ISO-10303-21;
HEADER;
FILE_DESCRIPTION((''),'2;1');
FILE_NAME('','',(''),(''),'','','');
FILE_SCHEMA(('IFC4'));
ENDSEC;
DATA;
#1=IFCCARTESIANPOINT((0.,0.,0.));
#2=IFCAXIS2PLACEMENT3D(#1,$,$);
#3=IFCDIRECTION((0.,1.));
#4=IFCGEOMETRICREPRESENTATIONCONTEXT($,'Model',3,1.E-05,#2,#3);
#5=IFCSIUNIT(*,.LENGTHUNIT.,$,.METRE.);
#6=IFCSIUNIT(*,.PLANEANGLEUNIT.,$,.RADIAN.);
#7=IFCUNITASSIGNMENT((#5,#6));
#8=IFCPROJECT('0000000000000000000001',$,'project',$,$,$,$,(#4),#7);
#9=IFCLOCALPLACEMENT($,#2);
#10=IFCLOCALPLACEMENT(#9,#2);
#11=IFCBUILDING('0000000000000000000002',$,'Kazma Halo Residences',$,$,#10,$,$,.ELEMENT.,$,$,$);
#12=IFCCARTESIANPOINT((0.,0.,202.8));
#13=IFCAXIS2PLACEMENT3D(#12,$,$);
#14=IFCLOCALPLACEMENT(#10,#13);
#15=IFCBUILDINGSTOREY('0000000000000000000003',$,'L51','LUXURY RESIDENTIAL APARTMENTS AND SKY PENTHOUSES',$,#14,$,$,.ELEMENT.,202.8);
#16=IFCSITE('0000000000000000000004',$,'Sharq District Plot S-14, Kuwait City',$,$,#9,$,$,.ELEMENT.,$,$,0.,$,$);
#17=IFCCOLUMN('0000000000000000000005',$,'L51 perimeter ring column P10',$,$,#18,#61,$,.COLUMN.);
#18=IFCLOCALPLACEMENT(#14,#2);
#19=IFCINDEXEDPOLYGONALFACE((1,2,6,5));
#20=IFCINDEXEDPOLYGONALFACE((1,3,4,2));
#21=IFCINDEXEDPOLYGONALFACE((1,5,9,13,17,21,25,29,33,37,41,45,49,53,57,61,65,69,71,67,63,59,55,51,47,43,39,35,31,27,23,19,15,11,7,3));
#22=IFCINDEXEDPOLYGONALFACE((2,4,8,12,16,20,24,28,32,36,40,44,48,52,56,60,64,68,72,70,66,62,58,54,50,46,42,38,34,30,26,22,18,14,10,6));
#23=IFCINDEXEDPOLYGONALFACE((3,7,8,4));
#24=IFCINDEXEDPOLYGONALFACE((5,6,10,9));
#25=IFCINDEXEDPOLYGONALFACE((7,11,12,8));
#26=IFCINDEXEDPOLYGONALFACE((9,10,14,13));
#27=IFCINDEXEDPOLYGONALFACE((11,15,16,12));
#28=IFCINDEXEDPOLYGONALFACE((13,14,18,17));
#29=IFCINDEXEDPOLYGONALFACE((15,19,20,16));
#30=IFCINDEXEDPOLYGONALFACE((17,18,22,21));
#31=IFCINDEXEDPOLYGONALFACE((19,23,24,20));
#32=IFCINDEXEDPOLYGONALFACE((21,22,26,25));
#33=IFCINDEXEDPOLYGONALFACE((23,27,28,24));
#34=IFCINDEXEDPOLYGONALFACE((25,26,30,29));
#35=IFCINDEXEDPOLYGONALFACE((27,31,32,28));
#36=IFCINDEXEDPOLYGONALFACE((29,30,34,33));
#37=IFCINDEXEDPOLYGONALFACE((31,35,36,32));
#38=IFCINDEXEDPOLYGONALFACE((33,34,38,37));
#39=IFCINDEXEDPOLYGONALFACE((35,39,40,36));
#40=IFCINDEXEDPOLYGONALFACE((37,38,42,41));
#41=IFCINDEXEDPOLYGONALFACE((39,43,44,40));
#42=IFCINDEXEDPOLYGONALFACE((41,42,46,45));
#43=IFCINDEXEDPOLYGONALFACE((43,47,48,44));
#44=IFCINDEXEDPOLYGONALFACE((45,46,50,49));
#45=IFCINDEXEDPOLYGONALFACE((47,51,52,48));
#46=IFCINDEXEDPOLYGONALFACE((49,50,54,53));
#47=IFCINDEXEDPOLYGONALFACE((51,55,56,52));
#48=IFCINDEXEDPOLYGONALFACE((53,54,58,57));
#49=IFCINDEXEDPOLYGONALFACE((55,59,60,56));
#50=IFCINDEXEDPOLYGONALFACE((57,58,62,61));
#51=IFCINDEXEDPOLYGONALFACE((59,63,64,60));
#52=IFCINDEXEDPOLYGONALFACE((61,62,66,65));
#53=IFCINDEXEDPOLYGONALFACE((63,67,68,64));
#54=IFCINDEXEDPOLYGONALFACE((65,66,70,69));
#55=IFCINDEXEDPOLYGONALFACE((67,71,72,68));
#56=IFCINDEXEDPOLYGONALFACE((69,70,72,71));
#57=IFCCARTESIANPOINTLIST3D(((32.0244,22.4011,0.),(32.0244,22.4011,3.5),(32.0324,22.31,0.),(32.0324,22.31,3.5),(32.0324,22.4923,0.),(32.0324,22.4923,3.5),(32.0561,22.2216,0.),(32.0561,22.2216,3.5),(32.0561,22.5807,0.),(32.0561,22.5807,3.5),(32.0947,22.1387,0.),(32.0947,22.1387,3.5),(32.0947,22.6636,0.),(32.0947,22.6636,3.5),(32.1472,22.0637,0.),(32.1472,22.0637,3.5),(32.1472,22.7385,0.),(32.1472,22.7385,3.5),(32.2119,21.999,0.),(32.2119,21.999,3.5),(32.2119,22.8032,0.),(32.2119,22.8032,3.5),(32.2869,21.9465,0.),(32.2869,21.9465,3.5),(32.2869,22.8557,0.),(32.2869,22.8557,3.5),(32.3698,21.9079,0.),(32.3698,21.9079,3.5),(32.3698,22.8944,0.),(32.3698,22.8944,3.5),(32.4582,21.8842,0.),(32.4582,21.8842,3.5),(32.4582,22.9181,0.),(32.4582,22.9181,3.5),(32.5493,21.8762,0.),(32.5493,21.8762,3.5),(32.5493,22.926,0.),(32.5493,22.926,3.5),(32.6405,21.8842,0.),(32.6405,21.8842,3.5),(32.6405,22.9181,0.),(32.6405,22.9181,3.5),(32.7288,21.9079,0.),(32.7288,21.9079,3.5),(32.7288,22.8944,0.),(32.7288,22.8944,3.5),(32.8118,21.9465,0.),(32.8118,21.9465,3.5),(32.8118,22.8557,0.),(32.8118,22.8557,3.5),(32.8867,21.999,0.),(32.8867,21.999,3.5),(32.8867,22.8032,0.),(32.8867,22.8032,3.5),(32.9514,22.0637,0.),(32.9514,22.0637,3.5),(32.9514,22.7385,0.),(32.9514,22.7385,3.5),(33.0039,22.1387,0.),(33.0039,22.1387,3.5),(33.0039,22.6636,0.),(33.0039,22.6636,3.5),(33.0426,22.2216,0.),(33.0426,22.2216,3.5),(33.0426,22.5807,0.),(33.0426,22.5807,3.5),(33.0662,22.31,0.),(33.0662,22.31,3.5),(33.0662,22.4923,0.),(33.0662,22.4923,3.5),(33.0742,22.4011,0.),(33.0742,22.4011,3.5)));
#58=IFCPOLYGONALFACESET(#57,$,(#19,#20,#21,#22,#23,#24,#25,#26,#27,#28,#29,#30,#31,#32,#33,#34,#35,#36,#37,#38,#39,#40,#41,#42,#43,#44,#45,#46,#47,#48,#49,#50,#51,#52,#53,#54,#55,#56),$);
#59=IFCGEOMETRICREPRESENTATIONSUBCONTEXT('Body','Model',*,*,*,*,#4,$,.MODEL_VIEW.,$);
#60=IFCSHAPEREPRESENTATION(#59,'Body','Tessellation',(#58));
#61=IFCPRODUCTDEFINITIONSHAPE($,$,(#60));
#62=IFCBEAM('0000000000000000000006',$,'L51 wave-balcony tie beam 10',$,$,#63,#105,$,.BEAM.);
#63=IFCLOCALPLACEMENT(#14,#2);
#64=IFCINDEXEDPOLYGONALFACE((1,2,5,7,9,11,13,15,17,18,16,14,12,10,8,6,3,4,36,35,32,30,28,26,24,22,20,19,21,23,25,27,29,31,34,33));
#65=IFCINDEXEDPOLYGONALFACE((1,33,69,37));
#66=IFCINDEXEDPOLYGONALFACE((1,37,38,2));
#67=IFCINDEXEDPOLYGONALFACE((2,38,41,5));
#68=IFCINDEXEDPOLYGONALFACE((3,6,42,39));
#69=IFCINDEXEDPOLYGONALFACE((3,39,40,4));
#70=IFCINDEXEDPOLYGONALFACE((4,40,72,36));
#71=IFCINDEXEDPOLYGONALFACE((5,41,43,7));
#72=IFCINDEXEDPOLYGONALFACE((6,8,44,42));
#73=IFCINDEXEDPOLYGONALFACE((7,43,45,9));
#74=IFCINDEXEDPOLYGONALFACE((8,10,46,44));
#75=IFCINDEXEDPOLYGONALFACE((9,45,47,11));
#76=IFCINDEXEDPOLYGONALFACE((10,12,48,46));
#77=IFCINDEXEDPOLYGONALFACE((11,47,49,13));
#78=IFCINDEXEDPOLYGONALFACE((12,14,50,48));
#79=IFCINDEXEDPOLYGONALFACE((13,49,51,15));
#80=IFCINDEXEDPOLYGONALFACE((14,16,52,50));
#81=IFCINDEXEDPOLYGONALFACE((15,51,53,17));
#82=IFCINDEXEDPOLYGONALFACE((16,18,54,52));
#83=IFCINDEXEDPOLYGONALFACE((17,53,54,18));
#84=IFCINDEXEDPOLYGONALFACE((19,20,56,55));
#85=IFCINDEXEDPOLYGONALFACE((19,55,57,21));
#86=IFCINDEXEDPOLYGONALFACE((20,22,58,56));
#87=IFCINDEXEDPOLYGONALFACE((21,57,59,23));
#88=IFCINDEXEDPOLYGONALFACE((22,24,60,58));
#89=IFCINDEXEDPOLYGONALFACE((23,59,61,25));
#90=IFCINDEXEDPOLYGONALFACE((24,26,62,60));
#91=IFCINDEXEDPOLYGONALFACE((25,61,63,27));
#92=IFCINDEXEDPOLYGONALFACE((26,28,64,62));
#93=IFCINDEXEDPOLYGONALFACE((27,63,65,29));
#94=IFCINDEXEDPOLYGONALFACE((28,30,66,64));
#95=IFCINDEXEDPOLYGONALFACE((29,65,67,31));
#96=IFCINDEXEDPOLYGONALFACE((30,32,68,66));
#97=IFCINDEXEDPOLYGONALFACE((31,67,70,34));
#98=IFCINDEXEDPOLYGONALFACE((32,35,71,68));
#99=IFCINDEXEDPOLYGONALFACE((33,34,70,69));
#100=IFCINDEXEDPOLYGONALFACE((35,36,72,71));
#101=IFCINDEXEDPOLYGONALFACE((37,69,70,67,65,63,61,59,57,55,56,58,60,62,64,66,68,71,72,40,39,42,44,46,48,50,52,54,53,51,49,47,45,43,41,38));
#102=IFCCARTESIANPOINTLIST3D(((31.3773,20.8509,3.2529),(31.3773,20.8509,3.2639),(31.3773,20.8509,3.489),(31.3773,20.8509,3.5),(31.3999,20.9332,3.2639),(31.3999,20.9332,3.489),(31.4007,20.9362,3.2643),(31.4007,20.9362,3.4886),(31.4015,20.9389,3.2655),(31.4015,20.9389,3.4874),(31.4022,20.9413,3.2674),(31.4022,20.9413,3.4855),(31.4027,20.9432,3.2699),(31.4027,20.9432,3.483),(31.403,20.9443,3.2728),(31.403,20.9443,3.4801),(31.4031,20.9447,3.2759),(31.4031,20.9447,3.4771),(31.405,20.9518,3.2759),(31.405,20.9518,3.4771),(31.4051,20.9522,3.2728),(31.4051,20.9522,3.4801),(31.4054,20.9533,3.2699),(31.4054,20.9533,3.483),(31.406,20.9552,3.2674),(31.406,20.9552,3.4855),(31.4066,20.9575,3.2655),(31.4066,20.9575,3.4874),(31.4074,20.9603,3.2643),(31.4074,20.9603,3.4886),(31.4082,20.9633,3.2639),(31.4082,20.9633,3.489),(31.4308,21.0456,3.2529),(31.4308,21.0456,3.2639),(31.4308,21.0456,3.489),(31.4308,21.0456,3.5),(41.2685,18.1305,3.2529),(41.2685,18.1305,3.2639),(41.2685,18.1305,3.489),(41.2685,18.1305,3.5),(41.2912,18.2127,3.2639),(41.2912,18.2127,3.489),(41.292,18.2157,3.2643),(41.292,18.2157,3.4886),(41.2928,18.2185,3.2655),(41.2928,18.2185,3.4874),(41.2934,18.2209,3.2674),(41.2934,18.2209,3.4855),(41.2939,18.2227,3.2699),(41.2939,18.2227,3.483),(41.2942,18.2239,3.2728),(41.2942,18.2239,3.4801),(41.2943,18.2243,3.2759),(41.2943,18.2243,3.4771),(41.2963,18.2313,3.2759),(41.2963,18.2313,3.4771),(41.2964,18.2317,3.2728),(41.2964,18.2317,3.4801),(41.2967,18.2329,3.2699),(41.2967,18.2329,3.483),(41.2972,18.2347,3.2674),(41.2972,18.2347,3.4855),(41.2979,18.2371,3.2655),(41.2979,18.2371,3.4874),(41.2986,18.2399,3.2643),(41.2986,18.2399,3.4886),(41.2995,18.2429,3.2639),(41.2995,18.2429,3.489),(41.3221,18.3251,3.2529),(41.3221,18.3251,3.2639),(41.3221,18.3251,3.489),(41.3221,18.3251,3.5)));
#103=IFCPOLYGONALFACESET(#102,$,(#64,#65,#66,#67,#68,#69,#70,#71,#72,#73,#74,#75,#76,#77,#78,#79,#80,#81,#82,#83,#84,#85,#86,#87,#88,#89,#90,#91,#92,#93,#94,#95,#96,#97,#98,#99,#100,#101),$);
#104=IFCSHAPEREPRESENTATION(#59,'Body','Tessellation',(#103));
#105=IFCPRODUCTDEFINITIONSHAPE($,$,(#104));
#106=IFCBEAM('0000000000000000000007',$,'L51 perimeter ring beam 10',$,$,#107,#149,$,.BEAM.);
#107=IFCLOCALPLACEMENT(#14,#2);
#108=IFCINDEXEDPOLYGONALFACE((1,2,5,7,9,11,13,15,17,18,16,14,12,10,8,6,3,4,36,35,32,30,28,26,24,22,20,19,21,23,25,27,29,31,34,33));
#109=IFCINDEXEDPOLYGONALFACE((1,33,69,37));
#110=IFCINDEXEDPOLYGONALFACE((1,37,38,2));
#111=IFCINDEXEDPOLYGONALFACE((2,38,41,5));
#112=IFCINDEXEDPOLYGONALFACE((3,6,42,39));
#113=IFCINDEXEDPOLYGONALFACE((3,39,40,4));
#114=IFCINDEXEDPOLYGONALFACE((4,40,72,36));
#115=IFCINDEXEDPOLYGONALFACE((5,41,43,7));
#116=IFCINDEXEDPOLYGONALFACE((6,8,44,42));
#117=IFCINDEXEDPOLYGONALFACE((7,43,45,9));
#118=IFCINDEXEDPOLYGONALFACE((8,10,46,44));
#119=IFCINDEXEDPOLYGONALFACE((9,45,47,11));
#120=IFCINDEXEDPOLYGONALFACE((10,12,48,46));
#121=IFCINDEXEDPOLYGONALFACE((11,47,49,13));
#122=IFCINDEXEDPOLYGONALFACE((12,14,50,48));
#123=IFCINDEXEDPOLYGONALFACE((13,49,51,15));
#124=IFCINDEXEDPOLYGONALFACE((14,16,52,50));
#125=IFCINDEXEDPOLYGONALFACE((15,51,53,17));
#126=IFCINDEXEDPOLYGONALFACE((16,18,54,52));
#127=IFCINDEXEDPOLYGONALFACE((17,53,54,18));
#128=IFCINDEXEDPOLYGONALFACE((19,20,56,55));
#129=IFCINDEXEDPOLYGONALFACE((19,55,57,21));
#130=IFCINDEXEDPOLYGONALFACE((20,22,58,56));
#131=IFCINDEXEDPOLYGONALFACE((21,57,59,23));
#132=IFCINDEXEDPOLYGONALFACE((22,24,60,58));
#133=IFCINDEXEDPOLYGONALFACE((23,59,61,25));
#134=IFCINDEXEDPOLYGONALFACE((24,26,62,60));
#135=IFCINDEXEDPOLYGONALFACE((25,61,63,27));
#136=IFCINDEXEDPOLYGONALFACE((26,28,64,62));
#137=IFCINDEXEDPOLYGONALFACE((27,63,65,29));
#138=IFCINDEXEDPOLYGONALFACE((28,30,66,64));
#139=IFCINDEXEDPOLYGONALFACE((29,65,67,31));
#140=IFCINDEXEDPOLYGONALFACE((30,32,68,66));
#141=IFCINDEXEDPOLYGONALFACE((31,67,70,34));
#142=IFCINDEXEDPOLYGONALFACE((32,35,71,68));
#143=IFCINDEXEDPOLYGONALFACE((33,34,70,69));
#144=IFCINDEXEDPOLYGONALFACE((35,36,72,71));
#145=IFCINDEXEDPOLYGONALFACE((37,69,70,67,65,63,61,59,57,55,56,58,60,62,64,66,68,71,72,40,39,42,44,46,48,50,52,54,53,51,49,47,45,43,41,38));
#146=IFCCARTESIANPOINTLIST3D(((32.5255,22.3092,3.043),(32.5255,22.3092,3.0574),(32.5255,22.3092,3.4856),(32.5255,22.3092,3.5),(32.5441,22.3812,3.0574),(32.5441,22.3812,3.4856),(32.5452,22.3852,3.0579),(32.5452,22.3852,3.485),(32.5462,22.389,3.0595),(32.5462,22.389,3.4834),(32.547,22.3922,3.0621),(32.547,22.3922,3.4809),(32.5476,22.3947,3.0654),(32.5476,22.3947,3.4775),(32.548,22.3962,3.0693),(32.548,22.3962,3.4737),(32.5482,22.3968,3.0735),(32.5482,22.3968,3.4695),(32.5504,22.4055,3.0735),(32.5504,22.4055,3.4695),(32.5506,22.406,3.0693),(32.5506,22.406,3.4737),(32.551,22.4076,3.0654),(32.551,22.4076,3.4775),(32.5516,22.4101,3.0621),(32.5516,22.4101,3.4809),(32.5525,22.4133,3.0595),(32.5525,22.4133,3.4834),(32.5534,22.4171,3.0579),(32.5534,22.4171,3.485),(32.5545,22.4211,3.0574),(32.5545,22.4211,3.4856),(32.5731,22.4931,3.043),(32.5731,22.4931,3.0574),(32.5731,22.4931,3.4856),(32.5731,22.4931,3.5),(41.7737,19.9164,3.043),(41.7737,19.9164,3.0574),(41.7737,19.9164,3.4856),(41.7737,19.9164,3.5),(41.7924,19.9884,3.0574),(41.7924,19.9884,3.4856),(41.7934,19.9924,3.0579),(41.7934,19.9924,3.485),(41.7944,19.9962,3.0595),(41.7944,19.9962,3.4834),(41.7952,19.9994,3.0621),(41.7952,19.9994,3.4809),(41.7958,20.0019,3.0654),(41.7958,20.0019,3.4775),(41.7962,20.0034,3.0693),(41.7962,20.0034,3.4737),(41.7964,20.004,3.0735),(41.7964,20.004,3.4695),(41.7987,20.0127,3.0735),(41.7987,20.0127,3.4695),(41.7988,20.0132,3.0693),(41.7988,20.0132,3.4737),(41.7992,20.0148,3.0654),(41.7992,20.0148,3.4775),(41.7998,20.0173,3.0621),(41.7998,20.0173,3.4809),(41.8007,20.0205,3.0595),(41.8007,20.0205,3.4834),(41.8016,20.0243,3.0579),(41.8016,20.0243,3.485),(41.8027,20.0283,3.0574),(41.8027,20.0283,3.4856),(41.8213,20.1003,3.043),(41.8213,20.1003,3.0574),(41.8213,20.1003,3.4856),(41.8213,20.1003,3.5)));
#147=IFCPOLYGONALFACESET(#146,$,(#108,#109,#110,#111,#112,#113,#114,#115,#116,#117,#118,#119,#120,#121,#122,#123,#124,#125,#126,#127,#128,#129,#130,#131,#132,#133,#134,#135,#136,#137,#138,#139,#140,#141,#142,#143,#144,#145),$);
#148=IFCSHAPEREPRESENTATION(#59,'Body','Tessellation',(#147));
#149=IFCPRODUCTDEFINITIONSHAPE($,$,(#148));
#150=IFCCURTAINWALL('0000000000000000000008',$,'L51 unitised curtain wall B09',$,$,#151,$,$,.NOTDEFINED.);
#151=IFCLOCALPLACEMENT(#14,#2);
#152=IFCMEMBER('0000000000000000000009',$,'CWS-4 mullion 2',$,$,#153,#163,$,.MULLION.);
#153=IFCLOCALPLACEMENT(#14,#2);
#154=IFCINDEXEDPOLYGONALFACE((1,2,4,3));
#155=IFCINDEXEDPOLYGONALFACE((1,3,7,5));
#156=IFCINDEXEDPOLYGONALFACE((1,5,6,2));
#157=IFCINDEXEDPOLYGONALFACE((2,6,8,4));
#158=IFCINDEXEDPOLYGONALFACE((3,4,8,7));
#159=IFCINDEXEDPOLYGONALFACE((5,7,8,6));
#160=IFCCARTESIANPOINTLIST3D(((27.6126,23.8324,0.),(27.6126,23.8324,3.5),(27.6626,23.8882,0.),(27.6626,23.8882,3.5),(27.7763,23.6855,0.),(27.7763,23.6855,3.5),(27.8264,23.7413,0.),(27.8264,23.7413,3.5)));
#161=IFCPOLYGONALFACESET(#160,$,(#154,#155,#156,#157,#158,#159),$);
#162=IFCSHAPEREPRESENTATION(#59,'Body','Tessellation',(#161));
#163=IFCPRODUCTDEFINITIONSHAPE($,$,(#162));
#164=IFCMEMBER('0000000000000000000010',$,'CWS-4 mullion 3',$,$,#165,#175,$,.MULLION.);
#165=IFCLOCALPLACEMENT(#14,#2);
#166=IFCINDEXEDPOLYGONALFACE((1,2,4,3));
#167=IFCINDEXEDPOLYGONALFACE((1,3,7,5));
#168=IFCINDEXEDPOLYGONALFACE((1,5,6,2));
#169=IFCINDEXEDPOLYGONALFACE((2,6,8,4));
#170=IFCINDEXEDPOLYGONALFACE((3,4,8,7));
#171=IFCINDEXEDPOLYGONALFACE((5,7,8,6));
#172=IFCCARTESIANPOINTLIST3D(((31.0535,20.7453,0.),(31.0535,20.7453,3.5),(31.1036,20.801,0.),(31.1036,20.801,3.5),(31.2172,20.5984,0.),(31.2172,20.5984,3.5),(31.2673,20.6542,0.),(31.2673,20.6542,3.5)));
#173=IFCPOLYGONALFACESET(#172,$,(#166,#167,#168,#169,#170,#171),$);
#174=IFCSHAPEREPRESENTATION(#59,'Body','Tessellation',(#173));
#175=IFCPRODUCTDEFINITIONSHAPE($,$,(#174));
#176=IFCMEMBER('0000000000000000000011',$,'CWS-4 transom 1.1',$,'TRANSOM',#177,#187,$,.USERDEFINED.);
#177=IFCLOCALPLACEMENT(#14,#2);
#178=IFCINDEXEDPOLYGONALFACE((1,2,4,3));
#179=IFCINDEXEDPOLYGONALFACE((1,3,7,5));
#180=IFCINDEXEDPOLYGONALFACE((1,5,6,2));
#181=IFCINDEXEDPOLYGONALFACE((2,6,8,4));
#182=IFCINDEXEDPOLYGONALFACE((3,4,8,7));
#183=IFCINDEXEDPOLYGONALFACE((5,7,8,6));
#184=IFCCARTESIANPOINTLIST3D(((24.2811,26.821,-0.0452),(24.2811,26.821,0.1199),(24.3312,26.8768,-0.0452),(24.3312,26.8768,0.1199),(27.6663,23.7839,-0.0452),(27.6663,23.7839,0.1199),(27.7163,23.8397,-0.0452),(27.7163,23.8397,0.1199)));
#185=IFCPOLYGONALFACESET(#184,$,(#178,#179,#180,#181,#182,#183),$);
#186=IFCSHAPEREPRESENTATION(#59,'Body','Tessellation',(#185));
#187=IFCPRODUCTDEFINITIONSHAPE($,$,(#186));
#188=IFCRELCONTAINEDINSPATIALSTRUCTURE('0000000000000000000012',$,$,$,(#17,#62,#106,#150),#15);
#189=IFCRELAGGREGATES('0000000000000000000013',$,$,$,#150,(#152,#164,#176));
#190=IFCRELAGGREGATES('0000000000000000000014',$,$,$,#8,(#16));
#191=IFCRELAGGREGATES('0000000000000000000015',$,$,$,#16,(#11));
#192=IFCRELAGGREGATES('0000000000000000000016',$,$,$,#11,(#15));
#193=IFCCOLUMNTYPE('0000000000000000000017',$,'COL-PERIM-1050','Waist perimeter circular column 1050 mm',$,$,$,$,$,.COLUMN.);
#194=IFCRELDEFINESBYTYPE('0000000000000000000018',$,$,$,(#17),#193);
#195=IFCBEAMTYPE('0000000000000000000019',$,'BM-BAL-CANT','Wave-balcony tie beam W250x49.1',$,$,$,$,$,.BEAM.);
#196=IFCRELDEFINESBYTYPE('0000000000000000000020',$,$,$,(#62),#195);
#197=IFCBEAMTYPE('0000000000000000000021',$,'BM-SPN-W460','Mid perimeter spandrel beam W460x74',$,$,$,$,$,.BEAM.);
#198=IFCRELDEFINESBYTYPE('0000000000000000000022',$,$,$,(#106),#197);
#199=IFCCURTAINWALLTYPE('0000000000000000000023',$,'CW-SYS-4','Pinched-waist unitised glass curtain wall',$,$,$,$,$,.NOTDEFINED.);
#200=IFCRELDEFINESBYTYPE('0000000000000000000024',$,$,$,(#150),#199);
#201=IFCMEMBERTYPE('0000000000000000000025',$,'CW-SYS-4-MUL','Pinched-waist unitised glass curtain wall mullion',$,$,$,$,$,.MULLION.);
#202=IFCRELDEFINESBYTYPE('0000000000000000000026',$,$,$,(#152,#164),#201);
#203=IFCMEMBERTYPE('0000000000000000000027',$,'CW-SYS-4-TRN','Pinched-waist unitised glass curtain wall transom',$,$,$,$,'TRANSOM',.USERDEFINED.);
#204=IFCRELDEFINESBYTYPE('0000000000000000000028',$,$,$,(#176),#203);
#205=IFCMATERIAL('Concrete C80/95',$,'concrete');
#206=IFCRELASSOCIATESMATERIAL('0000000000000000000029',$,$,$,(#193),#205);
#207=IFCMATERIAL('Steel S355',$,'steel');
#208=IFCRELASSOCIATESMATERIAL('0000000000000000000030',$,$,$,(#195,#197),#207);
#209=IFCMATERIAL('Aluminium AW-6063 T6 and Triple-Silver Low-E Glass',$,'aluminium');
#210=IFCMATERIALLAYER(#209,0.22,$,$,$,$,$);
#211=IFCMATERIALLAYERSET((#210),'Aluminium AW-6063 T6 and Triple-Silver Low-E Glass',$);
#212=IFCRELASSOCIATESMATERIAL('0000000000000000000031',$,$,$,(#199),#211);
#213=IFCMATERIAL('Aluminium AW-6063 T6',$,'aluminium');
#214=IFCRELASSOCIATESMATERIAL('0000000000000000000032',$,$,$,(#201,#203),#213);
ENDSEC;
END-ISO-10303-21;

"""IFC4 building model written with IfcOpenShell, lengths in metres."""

from ifc_helpers import new_model, si_unit, direction, frame, origin, origin_2d, place, context, subcontext, project, spatial, rectangle, circle, i_section, extrude, material, layer, layer_set, material_profile, profile_set, type_object, element, aggregate, save


model = new_model("IFC4")

# Units and contexts
model_context = context("Model", 3, precision=1e-05, world=origin(), true_north=direction((0.0, 1.0)))
body_context = subcontext(model_context, "Body", "Model", "MODEL_VIEW")
ifc_project = project(units=[si_unit("LENGTHUNIT", "METRE"), si_unit("PLANEANGLEUNIT", "RADIAN")], contexts=[model_context])

# Site, building, storey
site_placement = place(None, origin())
site = spatial("IfcSite", under=ifc_project, at=site_placement, Name="Sharq District Plot S-14, Kuwait City", CompositionType="ELEMENT", RefElevation=0.0)
building_placement = place(site_placement, origin())
building = spatial("IfcBuilding", under=site, at=building_placement, Name="Kazma Halo Residences", CompositionType="ELEMENT")
storey_placement = place(building_placement, frame((0.0, 0.0, 202.8)))
storey = spatial("IfcBuildingStorey", under=building, at=storey_placement, Name="L51", Description="LUXURY RESIDENTIAL APARTMENTS AND SKY PENTHOUSES", CompositionType="ELEMENT", Elevation=202.8)

# Column
ifc_material_1 = material(Name="Concrete C80/95", Category="concrete")
ifc_material_profile_1 = material_profile(ifc_material_1, circle(Radius=0.5249, at=origin_2d()), Name="CIRC1050")
ifc_profile_set_1 = profile_set([ifc_material_profile_1], Name="Concrete C80/95")
column_type = type_object("IfcColumnType", Name="COL-PERIM-1050", Description="Waist perimeter circular column 1050 mm", PredefinedType="COLUMN", material=ifc_profile_set_1)
column_placement = place(storey_placement, frame((32.5493, 22.4011, 0.0), z_axis=(0.0, 0.0, 1.0), x_axis=(1.0, 0.0, 0.0)))
element("IfcColumn", 1, at=column_placement, inside=storey, type_object=column_type, Name="L51 perimeter ring column P10", PredefinedType="COLUMN", context=body_context, shape_type="SweptSolid", body=[
    extrude(circle(Radius=0.5249, at=origin_2d()), origin(), (0.0, 0.0, 1.0), 3.5),
])

# Beams
ifc_material_2 = material(Name="Steel S355", Category="steel")
ifc_material_profile_2 = material_profile(ifc_material_2, i_section(OverallWidth=0.2019, OverallDepth=0.2471, WebThickness=0.0073, FlangeThickness=0.011, FilletRadius=0.012, at=origin_2d()), Name="W250x49.1")
ifc_profile_set_2 = profile_set([ifc_material_profile_2], Name="Steel S355")
beam_type_1 = type_object("IfcBeamType", Name="BM-BAL-CANT", Description="Wave-balcony tie beam W250x49.1", PredefinedType="BEAM", material=ifc_profile_set_2)
beam_1_placement = place(storey_placement, frame((31.4041, 20.9482, 3.3765), z_axis=(0.964197, -0.265187, 0.0), x_axis=(0.265187, 0.964197, 0.0)))
element("IfcBeam", 2, at=beam_1_placement, inside=storey, type_object=beam_type_1, Name="L51 wave-balcony tie beam 10", PredefinedType="BEAM", context=body_context, shape_type="SweptSolid", body=[
    extrude(i_section(OverallWidth=0.2019, OverallDepth=0.2471, WebThickness=0.0073, FlangeThickness=0.011, FilletRadius=0.012, at=origin_2d()), origin(), (0.0, 0.0, 1.0), 10.2585),
])
ifc_material_profile_3 = material_profile(ifc_material_2, i_section(OverallWidth=0.1899, OverallDepth=0.457, WebThickness=0.009, FlangeThickness=0.0144, FilletRadius=0.0161, at=origin_2d()), Name="W460x74")
ifc_profile_set_3 = profile_set([ifc_material_profile_3], Name="Steel S355")
beam_type_2 = type_object("IfcBeamType", Name="BM-SPN-W460", Description="Mid perimeter spandrel beam W460x74", PredefinedType="BEAM", material=ifc_profile_set_3)
beam_2_placement = place(storey_placement, frame((32.5493, 22.4011, 3.2715), z_axis=(0.968121, -0.250483, 0.0), x_axis=(0.250483, 0.968121, 0.0)))
element("IfcBeam", 3, at=beam_2_placement, inside=storey, type_object=beam_type_2, Name="L51 perimeter ring beam 10", PredefinedType="BEAM", context=body_context, shape_type="SweptSolid", body=[
    extrude(i_section(OverallWidth=0.1899, OverallDepth=0.457, WebThickness=0.009, FlangeThickness=0.0144, FilletRadius=0.0161, at=origin_2d()), origin(), (0.0, 0.0, 1.0), 9.5527),
])

# Curtain wall, members
ifc_material_3 = material(Name="Aluminium AW-6063 T6 and Triple-Silver Low-E Glass", Category="aluminium")
ifc_layer_1 = layer(ifc_material_3, 0.22)
ifc_layer_set_1 = layer_set([ifc_layer_1], Name="Aluminium AW-6063 T6 and Triple-Silver Low-E Glass")
curtain_wall_type = type_object("IfcCurtainWallType", Name="CW-SYS-4", Description="Pinched-waist unitised glass curtain wall", PredefinedType="NOTDEFINED", material=ifc_layer_set_1)
curtain_wall_placement = place(storey_placement, origin())
curtain_wall = element("IfcCurtainWall", 4, at=curtain_wall_placement, inside=storey, type_object=curtain_wall_type, Name="L51 unitised curtain wall B09", PredefinedType="NOTDEFINED")
ifc_material_4 = material(Name="Aluminium AW-6063 T6", Category="aluminium")
ifc_material_profile_4 = material_profile(ifc_material_4, rectangle(XDim=0.075, YDim=0.22, at=origin_2d()), Name="CWM-75x220")
ifc_profile_set_4 = profile_set([ifc_material_profile_4], Name="Aluminium AW-6063 T6")
member_type_1 = type_object("IfcMemberType", Name="CW-SYS-4-MUL", Description="Pinched-waist unitised glass curtain wall mullion", PredefinedType="MULLION", material=ifc_profile_set_4)
member_1_placement = place(storey_placement, frame((27.7195, 23.7869, 0.0), z_axis=(0.0, 0.0, 1.0), x_axis=(0.667784, 0.744355, 0.0)))
member_1 = element("IfcMember", 5, at=member_1_placement, type_object=member_type_1, Name="CWS-4 mullion 2", PredefinedType="MULLION", context=body_context, shape_type="SweptSolid", body=[
    extrude(rectangle(XDim=0.075, YDim=0.22, at=origin_2d()), origin(), (0.0, 0.0, 1.0), 3.5),
])
member_2_placement = place(storey_placement, frame((31.1604, 20.6997, 0.0), z_axis=(0.0, 0.0, 1.0), x_axis=(0.667784, 0.744355, 0.0)))
member_2 = element("IfcMember", 6, at=member_2_placement, type_object=member_type_1, Name="CWS-4 mullion 3", PredefinedType="MULLION", context=body_context, shape_type="SweptSolid", body=[
    extrude(rectangle(XDim=0.075, YDim=0.22, at=origin_2d()), origin(), (0.0, 0.0, 1.0), 3.5),
])
ifc_material_profile_5 = material_profile(ifc_material_4, rectangle(XDim=0.075, YDim=0.165, at=origin_2d()), Name="CWT-75x165")
ifc_profile_set_5 = profile_set([ifc_material_profile_5], Name="Aluminium AW-6063 T6")
member_type_2 = type_object("IfcMemberType", Name="CW-SYS-4-TRN", Description="Pinched-waist unitised glass curtain wall transom", ElementType="TRANSOM", PredefinedType="USERDEFINED", material=ifc_profile_set_5)
member_3_placement = place(storey_placement, frame((24.3062, 26.8489, 0.0374), z_axis=(0.744345, -0.667795, 0.0), x_axis=(0.667795, 0.744345, 0.0)))
member_3 = element("IfcMember", 7, at=member_3_placement, type_object=member_type_2, Name="CWS-4 transom 1.1", ObjectType="TRANSOM", PredefinedType="USERDEFINED", context=body_context, shape_type="SweptSolid", body=[
    extrude(rectangle(XDim=0.075, YDim=0.165, at=origin_2d()), origin(), (0.0, 0.0, 1.0), 4.5479),
])
aggregate(curtain_wall, [member_1, member_2, member_3])

save(model, "model.ifc")
